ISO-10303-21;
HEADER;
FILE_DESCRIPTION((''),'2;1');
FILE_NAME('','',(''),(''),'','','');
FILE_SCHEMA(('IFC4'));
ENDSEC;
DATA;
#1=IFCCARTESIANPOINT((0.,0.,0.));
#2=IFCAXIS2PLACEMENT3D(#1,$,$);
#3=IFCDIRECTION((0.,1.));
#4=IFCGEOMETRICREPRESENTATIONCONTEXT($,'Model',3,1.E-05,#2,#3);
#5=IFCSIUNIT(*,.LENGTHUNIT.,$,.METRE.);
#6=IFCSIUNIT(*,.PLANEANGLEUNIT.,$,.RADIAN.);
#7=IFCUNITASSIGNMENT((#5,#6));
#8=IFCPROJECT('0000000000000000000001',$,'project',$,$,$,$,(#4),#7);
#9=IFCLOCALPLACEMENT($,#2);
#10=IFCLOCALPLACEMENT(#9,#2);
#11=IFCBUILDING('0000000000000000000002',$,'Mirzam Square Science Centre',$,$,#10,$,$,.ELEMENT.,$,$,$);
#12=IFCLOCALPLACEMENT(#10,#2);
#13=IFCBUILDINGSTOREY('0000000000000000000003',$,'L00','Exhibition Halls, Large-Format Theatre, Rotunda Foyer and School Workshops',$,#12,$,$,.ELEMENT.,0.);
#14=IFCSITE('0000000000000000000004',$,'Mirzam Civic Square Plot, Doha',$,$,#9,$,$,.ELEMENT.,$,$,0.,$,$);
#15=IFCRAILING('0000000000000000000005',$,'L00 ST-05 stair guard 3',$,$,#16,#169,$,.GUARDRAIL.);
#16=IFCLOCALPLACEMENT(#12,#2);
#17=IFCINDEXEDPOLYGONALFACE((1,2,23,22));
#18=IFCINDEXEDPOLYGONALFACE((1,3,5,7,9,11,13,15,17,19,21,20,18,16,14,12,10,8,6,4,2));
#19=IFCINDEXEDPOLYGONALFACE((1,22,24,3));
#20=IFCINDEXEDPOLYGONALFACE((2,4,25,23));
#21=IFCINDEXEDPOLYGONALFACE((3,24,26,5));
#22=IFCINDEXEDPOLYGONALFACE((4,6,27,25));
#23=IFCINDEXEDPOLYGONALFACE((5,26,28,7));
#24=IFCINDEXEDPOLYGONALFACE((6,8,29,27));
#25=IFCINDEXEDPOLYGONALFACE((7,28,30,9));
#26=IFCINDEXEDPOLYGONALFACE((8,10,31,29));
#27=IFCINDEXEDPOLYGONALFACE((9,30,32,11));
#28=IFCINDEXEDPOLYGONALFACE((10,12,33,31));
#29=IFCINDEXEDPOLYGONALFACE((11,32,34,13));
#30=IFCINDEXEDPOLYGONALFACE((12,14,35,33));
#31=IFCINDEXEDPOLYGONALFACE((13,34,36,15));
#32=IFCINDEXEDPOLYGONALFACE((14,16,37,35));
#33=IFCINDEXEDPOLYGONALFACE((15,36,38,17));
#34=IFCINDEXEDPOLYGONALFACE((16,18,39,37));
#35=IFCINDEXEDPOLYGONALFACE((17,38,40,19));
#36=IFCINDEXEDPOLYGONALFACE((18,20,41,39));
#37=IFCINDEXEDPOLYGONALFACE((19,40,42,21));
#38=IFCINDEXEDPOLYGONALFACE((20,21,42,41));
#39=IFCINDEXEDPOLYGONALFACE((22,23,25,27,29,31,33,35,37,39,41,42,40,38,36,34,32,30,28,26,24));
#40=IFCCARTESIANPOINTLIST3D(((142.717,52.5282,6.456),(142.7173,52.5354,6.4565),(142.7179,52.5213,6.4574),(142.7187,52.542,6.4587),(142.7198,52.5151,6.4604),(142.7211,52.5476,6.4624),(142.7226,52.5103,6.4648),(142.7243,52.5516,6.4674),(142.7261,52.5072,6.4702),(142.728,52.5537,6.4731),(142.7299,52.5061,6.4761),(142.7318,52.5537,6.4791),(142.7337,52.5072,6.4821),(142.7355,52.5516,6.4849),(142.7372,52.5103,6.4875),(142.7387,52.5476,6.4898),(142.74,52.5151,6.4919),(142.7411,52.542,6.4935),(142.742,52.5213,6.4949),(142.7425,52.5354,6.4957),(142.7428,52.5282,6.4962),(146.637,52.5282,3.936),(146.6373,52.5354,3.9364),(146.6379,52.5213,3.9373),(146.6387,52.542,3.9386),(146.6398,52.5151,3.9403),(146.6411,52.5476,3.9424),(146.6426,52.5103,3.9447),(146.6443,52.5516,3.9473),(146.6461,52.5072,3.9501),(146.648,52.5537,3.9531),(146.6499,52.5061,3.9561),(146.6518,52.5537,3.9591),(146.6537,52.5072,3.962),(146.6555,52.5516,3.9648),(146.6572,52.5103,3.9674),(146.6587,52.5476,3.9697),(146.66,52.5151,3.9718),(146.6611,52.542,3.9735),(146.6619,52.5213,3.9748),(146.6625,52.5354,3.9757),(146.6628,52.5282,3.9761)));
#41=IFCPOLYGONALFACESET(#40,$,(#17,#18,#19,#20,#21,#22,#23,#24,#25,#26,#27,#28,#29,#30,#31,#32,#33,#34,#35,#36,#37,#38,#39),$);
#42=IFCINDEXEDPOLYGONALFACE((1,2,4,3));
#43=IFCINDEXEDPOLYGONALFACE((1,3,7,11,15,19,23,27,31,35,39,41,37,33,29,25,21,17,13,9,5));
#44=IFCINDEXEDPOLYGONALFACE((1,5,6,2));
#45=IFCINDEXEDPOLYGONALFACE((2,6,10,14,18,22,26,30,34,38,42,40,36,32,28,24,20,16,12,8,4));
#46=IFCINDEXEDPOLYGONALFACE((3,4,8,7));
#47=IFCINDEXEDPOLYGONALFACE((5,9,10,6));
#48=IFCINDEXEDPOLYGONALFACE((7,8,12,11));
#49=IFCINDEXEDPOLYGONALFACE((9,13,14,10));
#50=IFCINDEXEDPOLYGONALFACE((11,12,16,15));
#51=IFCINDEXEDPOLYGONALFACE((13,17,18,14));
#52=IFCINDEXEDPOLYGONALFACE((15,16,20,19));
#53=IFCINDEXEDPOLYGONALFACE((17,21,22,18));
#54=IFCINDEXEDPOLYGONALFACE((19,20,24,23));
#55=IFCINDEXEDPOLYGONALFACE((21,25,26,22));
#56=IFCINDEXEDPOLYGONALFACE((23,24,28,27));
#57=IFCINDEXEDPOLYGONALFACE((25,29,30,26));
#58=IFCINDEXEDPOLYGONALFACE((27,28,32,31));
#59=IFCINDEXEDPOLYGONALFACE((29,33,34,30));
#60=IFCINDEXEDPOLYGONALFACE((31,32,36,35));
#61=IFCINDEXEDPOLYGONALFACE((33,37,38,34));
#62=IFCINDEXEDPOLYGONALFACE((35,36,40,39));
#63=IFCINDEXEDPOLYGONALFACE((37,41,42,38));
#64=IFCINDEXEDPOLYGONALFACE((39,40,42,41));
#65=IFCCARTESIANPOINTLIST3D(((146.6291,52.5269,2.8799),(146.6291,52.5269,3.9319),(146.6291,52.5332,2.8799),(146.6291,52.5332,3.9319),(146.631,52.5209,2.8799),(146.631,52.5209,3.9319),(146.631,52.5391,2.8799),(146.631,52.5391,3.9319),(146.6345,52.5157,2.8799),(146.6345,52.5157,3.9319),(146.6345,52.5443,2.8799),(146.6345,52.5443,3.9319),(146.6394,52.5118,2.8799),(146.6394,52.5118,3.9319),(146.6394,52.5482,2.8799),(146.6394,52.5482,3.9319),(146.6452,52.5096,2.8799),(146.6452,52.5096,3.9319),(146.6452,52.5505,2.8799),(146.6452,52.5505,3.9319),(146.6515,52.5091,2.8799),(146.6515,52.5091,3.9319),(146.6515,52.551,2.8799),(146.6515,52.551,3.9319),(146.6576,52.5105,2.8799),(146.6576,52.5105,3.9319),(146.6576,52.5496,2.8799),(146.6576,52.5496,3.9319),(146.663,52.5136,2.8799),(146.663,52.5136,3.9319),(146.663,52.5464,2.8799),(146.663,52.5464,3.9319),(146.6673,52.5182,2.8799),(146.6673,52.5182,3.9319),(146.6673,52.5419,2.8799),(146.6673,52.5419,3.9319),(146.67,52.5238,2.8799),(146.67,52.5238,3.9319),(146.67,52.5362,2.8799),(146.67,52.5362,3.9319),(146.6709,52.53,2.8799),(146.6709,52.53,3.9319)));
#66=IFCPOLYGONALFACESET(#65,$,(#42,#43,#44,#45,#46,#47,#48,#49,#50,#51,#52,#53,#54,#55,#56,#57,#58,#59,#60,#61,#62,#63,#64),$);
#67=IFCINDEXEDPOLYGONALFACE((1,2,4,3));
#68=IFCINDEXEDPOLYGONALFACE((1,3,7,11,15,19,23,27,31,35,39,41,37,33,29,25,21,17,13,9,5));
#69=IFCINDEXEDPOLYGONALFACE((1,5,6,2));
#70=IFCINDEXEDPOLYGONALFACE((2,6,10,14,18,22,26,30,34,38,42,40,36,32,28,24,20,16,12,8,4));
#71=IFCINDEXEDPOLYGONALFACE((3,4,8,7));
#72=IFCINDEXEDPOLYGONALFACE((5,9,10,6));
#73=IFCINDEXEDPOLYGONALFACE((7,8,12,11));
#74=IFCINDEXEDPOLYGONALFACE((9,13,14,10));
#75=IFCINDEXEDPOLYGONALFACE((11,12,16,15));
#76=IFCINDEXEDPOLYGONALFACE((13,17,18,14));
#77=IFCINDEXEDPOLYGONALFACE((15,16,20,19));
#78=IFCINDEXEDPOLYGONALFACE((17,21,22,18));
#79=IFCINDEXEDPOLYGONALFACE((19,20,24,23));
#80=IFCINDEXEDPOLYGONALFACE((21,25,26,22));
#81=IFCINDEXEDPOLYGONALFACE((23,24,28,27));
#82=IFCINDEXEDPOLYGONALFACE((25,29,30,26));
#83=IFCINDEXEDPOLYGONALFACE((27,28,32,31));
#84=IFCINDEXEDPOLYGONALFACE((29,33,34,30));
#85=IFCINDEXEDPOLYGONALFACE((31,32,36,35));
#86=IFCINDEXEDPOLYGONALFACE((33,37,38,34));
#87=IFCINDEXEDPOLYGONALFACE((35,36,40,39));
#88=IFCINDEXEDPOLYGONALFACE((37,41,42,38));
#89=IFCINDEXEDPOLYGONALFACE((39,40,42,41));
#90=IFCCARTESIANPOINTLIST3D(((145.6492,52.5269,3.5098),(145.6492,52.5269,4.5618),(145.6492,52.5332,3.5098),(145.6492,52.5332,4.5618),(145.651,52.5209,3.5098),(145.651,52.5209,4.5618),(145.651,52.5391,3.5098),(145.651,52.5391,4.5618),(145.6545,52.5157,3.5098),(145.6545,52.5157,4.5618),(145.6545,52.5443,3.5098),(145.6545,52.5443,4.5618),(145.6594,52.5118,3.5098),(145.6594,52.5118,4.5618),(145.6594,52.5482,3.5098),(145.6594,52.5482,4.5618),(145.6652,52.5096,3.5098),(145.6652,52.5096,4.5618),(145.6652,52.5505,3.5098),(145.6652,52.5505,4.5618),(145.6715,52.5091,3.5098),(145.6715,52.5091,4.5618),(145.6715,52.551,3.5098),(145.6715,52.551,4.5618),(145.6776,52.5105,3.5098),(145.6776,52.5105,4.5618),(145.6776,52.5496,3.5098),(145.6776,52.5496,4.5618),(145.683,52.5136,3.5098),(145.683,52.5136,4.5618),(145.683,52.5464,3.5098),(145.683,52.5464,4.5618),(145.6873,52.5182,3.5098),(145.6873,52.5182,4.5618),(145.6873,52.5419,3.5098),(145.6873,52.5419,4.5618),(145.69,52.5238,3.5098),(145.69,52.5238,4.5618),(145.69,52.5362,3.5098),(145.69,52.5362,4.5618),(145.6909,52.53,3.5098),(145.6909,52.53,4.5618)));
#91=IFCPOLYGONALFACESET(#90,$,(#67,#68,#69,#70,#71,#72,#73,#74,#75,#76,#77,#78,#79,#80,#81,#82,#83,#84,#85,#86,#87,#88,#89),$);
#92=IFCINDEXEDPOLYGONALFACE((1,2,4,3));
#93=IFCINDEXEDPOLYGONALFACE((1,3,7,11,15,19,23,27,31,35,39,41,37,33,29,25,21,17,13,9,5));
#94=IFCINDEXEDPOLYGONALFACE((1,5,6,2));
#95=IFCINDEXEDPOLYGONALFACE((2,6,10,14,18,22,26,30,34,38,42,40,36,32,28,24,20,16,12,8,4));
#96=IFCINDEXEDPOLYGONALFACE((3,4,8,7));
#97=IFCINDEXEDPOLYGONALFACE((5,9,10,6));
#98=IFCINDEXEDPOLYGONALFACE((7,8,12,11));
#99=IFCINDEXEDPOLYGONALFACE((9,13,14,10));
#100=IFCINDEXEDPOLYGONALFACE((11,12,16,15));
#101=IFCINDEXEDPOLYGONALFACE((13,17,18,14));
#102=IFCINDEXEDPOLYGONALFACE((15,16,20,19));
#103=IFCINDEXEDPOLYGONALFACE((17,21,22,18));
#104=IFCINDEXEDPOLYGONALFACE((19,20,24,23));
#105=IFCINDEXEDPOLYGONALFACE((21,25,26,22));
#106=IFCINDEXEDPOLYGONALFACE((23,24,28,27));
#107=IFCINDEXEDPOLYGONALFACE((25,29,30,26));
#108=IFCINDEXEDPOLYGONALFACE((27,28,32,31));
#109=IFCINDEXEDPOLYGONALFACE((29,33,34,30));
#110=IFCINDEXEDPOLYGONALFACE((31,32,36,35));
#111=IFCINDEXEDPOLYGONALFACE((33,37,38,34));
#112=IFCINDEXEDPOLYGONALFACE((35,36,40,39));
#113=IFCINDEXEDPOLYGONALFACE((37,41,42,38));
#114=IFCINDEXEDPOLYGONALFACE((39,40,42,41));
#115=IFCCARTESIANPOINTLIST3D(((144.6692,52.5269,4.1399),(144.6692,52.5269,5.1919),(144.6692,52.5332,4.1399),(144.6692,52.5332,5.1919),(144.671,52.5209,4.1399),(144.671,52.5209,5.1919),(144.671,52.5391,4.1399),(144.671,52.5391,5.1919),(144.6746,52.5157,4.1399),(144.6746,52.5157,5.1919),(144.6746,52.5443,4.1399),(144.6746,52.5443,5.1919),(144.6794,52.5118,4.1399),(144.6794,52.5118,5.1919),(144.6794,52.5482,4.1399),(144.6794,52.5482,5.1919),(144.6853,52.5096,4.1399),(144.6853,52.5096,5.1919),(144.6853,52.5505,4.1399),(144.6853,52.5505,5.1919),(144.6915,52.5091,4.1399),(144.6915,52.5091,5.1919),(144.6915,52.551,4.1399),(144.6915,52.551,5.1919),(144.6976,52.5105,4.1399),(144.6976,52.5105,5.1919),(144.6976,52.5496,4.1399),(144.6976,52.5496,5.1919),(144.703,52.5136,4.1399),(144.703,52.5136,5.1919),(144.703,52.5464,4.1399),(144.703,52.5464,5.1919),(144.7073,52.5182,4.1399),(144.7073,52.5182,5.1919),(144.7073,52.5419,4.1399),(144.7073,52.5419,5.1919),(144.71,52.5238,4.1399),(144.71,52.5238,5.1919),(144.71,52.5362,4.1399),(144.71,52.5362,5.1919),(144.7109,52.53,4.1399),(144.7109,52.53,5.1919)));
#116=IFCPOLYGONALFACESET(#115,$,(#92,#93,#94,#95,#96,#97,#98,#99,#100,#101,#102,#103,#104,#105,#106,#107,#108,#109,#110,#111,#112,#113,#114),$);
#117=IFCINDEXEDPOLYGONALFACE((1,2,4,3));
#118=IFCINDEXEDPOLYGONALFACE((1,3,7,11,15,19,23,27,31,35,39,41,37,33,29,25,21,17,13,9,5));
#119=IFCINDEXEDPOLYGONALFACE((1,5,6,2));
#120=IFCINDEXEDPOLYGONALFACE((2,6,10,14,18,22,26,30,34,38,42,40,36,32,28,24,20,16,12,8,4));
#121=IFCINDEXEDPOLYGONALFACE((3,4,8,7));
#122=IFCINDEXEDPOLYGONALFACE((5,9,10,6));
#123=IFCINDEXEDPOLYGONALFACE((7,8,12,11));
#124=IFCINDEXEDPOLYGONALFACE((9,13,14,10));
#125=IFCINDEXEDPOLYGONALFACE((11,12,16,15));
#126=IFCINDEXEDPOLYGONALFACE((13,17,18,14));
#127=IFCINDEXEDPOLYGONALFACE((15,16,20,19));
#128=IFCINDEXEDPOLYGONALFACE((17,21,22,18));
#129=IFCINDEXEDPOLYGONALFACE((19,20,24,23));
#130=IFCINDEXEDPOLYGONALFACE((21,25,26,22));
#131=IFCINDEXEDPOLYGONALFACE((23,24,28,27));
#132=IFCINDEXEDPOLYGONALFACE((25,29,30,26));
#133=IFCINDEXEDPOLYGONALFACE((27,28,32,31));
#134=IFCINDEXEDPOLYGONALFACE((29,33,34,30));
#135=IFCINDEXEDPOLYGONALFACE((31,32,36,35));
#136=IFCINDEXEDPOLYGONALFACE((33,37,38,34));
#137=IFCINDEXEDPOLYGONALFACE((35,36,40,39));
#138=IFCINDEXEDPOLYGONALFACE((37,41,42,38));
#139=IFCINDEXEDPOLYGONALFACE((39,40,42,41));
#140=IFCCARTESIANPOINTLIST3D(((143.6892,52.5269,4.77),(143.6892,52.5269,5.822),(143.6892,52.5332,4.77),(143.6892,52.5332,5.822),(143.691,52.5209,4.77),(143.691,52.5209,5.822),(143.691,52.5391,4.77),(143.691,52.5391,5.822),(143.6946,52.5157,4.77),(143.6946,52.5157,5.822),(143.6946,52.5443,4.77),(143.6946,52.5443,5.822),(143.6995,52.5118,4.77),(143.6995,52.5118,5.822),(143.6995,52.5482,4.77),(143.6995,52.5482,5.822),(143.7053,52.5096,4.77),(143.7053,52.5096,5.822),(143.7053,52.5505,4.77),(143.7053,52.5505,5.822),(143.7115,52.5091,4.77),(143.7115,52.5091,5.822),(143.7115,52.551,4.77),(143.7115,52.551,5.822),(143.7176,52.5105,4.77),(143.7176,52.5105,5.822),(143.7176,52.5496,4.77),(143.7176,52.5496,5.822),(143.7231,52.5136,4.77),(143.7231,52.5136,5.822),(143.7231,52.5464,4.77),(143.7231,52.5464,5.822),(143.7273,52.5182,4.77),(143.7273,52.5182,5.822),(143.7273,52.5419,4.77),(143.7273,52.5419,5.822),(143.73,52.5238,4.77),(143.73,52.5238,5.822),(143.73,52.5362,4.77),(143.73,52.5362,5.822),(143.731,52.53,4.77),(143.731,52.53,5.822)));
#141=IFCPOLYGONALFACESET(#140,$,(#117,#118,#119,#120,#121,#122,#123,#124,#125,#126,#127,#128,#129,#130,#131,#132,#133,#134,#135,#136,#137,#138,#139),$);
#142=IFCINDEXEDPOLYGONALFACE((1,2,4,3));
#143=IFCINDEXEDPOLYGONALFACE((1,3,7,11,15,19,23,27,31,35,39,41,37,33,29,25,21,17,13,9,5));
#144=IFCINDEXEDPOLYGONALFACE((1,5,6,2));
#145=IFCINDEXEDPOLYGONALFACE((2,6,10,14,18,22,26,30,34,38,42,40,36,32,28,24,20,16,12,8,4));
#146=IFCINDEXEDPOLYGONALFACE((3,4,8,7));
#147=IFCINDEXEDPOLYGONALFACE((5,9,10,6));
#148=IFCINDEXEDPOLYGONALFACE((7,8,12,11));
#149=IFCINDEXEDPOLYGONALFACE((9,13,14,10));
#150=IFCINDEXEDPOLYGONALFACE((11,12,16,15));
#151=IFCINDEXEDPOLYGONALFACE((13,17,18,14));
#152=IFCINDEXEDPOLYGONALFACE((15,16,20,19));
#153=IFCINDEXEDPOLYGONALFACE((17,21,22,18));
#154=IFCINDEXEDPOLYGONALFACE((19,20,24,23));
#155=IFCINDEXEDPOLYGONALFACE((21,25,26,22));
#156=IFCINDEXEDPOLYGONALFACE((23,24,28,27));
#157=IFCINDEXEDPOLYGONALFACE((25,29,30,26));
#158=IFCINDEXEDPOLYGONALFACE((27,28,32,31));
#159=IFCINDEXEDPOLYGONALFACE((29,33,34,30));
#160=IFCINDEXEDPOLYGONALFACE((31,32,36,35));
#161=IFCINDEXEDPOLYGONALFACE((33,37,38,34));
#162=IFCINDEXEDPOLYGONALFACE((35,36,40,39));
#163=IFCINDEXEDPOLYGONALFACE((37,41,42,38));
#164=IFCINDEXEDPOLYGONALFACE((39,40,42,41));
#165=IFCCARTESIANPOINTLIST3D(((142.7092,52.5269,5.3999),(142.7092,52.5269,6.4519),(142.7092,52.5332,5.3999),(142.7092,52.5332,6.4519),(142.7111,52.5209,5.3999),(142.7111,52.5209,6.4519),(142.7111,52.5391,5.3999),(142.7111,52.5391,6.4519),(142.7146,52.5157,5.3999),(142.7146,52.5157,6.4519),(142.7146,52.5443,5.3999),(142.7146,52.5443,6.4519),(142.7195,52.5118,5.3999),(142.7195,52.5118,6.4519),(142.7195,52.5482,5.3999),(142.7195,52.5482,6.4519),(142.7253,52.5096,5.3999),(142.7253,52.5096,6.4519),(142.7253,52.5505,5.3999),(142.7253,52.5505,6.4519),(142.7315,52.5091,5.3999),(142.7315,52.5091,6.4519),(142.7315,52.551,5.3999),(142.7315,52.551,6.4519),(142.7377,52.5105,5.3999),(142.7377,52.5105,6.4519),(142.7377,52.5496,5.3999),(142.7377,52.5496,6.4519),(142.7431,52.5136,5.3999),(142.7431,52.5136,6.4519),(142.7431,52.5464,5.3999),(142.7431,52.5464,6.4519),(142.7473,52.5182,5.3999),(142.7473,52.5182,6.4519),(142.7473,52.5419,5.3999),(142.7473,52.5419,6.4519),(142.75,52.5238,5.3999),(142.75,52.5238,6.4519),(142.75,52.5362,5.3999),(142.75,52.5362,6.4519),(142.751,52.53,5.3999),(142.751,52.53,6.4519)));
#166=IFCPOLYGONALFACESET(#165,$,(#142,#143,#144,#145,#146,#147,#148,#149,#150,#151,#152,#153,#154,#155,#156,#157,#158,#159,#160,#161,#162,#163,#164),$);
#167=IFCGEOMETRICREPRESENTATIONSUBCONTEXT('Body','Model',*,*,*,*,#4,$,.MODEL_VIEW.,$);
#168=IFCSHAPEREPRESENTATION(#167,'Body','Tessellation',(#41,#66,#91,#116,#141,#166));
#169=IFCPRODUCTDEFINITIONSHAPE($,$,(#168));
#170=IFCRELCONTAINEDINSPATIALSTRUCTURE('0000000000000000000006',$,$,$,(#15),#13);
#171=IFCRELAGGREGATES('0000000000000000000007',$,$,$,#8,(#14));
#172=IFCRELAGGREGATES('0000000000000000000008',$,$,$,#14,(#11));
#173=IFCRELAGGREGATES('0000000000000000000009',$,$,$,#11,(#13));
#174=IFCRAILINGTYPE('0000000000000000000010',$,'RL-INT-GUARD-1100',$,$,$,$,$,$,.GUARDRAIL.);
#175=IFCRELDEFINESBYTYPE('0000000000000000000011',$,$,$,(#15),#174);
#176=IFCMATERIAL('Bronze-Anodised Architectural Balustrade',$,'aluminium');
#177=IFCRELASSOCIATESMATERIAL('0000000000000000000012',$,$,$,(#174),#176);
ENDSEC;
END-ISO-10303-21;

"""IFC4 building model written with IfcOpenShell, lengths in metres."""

from ifc_helpers import new_model, si_unit, direction, frame, origin, origin_2d, place, context, subcontext, project, spatial, circle, extrude, material, type_object, element, save


model = new_model("IFC4")

# Units and contexts
model_context = context("Model", 3, precision=1e-05, world=origin(), true_north=direction((0.0, 1.0)))
body_context = subcontext(model_context, "Body", "Model", "MODEL_VIEW")
ifc_project = project(units=[si_unit("LENGTHUNIT", "METRE"), si_unit("PLANEANGLEUNIT", "RADIAN")], contexts=[model_context])

# Site, building, storey
site_placement = place(None, origin())
site = spatial("IfcSite", under=ifc_project, at=site_placement, Name="Mirzam Civic Square Plot, Doha", CompositionType="ELEMENT", RefElevation=0.0)
building_placement = place(site_placement, origin())
building = spatial("IfcBuilding", under=site, at=building_placement, Name="Mirzam Square Science Centre", CompositionType="ELEMENT")
storey_placement = place(building_placement, origin())
storey = spatial("IfcBuildingStorey", under=building, at=storey_placement, Name="L00", Description="Exhibition Halls, Large-Format Theatre, Rotunda Foyer and School Workshops", CompositionType="ELEMENT", Elevation=0.0)

# Railing
ifc_material_1 = material(Name="Bronze-Anodised Architectural Balustrade", Category="aluminium")
railing_type_1 = type_object("IfcRailingType", Name="RL-INT-GUARD-1100", PredefinedType="GUARDRAIL", material=ifc_material_1)
railing_1_placement = place(storey_placement, frame((146.6499, 52.53, 2.8799)))
element("IfcRailing", 1, at=railing_1_placement, inside=storey, type_object=railing_type_1, Name="L00 ST-05 stair guard 3", PredefinedType="GUARDRAIL", context=body_context, shape_type="SweptSolid", body=[
    extrude(circle(Radius=0.0239, at=origin_2d()), frame((0.0, 0.0, 1.0762), z_axis=(-0.841172, 0.0, 0.540768), x_axis=(0.0, -1.0, 0.0)), (0.0, 0.0, 1.0), 4.6602),
    extrude(circle(Radius=0.021, at=origin_2d()), origin(), (0.0, 0.0, 1.0), 1.052),
    extrude(circle(Radius=0.021, at=origin_2d()), frame((-0.98, 0.0, 0.6299)), (0.0, 0.0, 1.0), 1.052),
    extrude(circle(Radius=0.021, at=origin_2d()), frame((-1.96, 0.0, 1.26)), (0.0, 0.0, 1.0), 1.052),
    extrude(circle(Radius=0.021, at=origin_2d()), frame((-2.9399, 0.0, 1.8901)), (0.0, 0.0, 1.0), 1.052),
    extrude(circle(Radius=0.021, at=origin_2d()), frame((-3.9199, 0.0, 2.52)), (0.0, 0.0, 1.0), 1.052),
])

save(model, "model.ifc")
